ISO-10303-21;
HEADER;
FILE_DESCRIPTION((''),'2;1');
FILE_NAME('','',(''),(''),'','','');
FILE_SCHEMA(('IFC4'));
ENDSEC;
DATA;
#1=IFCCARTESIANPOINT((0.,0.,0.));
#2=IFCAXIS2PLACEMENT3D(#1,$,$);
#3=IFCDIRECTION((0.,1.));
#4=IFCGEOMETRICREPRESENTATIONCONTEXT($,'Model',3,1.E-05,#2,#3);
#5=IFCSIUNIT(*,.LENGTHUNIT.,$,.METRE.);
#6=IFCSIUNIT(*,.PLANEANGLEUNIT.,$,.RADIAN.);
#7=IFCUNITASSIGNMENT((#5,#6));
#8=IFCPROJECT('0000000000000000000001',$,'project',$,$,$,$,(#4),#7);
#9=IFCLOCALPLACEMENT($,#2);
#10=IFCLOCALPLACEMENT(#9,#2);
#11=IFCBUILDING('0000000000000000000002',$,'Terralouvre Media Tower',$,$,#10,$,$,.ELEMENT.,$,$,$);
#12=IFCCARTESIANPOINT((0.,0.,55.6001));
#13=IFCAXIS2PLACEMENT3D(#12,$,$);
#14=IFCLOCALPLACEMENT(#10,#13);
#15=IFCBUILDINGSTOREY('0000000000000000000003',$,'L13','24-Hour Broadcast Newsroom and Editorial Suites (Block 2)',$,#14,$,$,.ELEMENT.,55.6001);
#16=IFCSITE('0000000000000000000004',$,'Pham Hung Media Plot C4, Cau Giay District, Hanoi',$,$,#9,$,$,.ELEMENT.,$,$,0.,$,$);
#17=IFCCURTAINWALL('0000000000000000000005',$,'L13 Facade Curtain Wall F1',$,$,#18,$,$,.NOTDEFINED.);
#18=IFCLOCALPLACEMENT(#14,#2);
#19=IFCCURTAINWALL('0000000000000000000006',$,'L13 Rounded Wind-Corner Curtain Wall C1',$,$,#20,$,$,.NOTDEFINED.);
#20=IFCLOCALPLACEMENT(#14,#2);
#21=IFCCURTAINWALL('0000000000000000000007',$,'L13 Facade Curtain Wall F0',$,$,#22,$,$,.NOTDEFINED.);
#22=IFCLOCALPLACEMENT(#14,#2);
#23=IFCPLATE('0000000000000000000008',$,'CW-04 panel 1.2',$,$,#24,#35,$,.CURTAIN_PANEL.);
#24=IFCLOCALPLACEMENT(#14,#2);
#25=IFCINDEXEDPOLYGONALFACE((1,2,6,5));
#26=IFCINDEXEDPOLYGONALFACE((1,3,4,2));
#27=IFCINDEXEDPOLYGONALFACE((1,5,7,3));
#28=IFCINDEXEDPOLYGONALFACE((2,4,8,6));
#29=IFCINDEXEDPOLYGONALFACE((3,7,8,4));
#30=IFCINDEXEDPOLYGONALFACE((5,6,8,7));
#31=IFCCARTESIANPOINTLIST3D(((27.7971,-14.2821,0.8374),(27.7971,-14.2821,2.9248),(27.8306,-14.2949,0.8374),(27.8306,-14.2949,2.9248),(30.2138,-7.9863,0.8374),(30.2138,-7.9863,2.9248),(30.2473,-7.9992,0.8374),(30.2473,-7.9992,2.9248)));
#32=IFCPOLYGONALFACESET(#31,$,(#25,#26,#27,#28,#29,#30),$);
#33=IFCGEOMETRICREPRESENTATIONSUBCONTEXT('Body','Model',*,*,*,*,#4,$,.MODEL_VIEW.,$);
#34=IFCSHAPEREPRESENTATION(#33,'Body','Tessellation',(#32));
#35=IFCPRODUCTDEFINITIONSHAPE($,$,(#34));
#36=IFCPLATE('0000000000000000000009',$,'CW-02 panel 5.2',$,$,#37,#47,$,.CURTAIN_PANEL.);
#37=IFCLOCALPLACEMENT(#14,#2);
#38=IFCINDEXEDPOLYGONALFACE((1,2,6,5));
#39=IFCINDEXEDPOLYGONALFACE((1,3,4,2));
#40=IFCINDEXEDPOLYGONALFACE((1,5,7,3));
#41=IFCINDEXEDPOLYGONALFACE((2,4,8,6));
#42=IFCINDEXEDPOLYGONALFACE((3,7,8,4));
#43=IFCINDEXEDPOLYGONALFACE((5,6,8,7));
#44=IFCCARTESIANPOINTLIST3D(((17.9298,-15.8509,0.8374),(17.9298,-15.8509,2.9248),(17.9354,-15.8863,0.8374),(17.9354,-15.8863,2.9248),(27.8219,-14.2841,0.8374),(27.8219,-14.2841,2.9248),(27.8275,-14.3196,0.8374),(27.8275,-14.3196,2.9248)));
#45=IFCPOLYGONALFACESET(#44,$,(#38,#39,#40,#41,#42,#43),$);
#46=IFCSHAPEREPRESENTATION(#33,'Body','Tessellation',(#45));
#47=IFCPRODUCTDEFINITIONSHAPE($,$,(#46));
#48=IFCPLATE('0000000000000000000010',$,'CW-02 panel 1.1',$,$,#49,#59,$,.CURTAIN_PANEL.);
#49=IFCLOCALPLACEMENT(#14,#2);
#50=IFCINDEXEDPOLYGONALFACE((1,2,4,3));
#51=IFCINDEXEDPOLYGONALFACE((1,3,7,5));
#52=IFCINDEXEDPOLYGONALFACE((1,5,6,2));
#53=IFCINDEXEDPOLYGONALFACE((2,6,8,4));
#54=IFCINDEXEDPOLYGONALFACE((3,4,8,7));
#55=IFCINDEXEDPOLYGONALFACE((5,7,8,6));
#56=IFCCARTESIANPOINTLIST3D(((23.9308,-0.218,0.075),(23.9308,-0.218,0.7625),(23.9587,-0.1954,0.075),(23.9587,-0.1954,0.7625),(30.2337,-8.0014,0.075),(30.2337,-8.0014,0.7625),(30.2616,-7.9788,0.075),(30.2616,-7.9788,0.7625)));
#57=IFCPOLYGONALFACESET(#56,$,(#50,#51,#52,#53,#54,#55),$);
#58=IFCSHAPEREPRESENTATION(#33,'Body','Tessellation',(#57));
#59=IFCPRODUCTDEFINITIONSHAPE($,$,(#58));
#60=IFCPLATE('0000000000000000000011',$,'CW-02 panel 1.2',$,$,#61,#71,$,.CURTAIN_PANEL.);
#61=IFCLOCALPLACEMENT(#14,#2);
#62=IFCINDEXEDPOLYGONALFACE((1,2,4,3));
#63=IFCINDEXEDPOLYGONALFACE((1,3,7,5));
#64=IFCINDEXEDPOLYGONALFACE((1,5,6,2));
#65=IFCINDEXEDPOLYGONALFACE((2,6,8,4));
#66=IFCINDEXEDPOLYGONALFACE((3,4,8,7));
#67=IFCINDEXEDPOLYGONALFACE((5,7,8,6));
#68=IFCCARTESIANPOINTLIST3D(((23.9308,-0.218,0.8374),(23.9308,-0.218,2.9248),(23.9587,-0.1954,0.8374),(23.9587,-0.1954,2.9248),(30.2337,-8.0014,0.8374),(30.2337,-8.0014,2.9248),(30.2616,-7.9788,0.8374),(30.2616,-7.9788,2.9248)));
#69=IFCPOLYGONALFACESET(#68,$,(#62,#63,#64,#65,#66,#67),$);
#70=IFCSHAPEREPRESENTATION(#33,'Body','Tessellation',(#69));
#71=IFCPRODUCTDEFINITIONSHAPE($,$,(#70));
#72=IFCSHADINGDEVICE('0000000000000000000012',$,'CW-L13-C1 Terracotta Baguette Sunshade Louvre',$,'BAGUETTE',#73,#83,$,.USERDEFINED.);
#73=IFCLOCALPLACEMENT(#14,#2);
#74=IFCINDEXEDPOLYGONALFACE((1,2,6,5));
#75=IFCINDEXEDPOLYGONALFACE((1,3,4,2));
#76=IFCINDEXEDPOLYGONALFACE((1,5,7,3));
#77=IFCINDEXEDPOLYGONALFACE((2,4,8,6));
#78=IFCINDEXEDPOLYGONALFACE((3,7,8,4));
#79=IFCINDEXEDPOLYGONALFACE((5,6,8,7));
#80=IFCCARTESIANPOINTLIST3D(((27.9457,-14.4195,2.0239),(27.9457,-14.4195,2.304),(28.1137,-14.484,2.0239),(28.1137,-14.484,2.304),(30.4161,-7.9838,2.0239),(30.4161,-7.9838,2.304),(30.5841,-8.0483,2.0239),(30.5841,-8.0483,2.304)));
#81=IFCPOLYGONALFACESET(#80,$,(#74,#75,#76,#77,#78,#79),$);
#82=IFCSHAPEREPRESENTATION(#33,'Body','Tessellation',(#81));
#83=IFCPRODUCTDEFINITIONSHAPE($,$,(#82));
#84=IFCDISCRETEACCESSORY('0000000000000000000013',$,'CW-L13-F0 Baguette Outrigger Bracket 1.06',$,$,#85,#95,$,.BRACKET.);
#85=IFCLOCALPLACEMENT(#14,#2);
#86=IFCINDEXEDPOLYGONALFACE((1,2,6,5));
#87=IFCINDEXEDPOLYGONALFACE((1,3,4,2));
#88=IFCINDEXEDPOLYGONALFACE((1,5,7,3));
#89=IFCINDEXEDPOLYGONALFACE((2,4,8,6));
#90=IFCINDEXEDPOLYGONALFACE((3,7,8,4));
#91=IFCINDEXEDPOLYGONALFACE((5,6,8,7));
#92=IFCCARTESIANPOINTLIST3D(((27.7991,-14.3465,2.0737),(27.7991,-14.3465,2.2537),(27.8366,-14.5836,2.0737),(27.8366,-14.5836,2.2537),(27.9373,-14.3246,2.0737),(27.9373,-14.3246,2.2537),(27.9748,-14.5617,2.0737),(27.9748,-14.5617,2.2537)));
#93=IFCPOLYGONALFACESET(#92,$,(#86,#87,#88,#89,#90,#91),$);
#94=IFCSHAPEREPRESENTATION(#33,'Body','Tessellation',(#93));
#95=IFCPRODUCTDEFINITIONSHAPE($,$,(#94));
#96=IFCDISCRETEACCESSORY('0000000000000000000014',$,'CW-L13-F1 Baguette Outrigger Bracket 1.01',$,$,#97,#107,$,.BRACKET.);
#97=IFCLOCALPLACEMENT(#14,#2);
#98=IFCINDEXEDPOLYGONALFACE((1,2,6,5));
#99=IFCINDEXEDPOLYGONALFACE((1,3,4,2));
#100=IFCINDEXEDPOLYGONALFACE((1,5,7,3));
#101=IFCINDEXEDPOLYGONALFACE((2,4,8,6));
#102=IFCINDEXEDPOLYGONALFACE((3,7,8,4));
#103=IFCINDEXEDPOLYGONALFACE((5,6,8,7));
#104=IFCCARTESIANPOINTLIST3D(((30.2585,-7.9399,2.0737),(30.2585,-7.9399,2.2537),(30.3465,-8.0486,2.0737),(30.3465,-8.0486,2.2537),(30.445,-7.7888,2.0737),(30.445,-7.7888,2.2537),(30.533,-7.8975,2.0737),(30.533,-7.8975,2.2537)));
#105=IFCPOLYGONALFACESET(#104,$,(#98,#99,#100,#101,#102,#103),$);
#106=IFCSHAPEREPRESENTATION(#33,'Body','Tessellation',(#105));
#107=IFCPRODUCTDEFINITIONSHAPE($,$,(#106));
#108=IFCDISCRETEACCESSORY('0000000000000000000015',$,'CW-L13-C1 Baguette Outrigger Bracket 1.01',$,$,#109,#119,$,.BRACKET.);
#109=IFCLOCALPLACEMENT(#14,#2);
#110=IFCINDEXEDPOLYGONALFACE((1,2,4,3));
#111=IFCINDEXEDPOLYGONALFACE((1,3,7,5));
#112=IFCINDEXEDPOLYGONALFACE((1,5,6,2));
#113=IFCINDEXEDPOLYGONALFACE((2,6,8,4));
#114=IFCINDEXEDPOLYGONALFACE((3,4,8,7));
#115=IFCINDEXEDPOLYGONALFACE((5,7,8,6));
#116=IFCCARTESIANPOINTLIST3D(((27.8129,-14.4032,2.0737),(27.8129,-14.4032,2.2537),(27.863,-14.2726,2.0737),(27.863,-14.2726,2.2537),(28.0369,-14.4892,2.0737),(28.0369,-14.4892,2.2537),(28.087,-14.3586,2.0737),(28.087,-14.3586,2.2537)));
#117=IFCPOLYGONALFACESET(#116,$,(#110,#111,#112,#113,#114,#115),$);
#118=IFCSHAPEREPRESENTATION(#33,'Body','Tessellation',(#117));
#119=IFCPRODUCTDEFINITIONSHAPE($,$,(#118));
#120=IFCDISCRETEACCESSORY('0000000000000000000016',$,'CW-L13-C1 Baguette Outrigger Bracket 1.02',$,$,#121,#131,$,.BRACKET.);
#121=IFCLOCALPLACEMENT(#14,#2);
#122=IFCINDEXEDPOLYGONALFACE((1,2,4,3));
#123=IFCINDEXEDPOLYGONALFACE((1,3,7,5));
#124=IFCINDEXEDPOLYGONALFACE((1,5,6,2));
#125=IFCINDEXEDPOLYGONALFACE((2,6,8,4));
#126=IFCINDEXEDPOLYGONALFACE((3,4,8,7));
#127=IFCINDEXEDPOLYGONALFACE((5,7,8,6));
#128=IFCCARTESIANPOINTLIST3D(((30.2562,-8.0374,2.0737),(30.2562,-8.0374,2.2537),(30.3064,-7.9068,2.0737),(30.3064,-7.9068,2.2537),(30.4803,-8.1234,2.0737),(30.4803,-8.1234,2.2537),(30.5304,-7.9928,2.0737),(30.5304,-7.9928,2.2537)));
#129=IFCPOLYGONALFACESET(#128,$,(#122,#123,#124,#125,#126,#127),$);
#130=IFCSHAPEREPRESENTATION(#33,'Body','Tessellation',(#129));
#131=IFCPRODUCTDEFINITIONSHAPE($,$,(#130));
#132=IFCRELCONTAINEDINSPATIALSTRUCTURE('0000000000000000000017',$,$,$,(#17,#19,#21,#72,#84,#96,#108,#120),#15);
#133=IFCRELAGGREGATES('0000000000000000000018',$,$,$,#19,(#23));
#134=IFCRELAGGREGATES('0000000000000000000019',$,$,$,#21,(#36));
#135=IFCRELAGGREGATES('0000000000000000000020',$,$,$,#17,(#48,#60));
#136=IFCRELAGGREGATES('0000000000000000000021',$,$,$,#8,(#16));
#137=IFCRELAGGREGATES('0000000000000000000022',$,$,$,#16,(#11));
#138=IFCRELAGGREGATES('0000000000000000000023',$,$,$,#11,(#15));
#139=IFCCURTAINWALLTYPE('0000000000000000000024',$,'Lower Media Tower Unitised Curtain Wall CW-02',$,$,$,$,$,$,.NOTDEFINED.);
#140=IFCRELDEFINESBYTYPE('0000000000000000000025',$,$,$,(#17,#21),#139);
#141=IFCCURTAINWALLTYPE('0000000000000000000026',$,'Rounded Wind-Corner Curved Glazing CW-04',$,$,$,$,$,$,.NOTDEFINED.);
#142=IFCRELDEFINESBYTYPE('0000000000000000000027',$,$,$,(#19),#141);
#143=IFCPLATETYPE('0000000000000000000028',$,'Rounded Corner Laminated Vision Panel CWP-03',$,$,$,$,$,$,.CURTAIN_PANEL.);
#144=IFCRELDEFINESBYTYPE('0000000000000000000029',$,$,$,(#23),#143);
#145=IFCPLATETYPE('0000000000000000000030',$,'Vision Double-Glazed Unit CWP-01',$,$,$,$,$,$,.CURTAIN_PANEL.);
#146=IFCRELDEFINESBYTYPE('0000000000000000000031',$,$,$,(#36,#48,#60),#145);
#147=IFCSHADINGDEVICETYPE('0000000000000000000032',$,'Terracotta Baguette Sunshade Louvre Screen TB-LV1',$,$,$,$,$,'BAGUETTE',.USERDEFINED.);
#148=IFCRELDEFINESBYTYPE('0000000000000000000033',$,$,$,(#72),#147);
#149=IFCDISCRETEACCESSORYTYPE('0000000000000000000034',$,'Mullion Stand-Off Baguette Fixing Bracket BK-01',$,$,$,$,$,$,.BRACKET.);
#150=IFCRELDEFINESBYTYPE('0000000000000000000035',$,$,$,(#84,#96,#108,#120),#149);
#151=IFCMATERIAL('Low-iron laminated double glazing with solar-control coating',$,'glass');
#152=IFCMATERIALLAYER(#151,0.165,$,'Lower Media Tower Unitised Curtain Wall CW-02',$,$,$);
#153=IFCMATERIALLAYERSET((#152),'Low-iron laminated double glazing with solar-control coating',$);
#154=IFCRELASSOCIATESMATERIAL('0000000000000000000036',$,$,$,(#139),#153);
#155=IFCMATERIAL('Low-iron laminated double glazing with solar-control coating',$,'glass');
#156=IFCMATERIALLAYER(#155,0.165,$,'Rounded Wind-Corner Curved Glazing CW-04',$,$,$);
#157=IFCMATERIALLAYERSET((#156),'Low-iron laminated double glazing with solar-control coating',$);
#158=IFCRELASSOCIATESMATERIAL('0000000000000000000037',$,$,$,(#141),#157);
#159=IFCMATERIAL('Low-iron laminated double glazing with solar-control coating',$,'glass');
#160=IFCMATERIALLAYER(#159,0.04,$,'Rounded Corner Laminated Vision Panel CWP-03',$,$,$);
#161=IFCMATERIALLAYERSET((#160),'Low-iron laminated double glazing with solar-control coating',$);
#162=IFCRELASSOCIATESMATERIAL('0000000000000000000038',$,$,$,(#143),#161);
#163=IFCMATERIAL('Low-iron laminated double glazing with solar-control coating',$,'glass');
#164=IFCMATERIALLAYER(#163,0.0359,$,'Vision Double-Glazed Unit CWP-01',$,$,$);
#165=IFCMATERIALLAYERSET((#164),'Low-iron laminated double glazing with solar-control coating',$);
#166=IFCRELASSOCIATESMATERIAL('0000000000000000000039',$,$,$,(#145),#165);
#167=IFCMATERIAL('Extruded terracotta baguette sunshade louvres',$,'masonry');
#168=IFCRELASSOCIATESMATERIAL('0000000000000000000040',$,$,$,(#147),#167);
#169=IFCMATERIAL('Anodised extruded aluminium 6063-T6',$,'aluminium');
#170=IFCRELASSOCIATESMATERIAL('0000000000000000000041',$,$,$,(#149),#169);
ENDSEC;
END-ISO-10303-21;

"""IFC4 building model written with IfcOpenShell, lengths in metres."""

from ifc_helpers import new_model, si_unit, direction, frame, origin, origin_2d, place, context, subcontext, project, spatial, rectangle, extrude, material, layer, layer_set, type_object, element, aggregate, save


model = new_model("IFC4")

# Units and contexts
model_context = context("Model", 3, precision=1e-05, world=origin(), true_north=direction((0.0, 1.0)))
body_context = subcontext(model_context, "Body", "Model", "MODEL_VIEW")
ifc_project = project(units=[si_unit("LENGTHUNIT", "METRE"), si_unit("PLANEANGLEUNIT", "RADIAN")], contexts=[model_context])

# Site, building, storey
site_placement = place(None, origin())
site = spatial("IfcSite", under=ifc_project, at=site_placement, Name="Pham Hung Media Plot C4, Cau Giay District, Hanoi", CompositionType="ELEMENT", RefElevation=0.0)
building_placement = place(site_placement, origin())
building = spatial("IfcBuilding", under=site, at=building_placement, Name="Terralouvre Media Tower", CompositionType="ELEMENT")
storey_placement = place(building_placement, frame((0.0, 0.0, 55.6001)))
storey = spatial("IfcBuildingStorey", under=building, at=storey_placement, Name="L13", Description="24-Hour Broadcast Newsroom and Editorial Suites (Block 2)", CompositionType="ELEMENT", Elevation=55.6001)

# Curtain walls
ifc_material_1 = material(Name="Low-iron laminated double glazing with solar-control coating", Category="glass")
ifc_layer_1 = layer(ifc_material_1, 0.165, Name="Lower Media Tower Unitised Curtain Wall CW-02")
ifc_layer_set_1 = layer_set([ifc_layer_1], Name="Low-iron laminated double glazing with solar-control coating")
curtain_wall_type_1 = type_object("IfcCurtainWallType", Name="Lower Media Tower Unitised Curtain Wall CW-02", PredefinedType="NOTDEFINED", material=ifc_layer_set_1)
curtain_wall_1_placement = place(storey_placement, origin())
curtain_wall_1 = element("IfcCurtainWall", 1, at=curtain_wall_1_placement, inside=storey, type_object=curtain_wall_type_1, Name="L13 Facade Curtain Wall F1", PredefinedType="NOTDEFINED")
ifc_material_2 = material(Name="Low-iron laminated double glazing with solar-control coating", Category="glass")
ifc_layer_2 = layer(ifc_material_2, 0.165, Name="Rounded Wind-Corner Curved Glazing CW-04")
ifc_layer_set_2 = layer_set([ifc_layer_2], Name="Low-iron laminated double glazing with solar-control coating")
curtain_wall_type_2 = type_object("IfcCurtainWallType", Name="Rounded Wind-Corner Curved Glazing CW-04", PredefinedType="NOTDEFINED", material=ifc_layer_set_2)
curtain_wall_2_placement = place(storey_placement, origin())
curtain_wall_2 = element("IfcCurtainWall", 2, at=curtain_wall_2_placement, inside=storey, type_object=curtain_wall_type_2, Name="L13 Rounded Wind-Corner Curtain Wall C1", PredefinedType="NOTDEFINED")

# Curtain wall
curtain_wall_3_placement = place(storey_placement, origin())
curtain_wall_3 = element("IfcCurtainWall", 3, at=curtain_wall_3_placement, inside=storey, type_object=curtain_wall_type_1, Name="L13 Facade Curtain Wall F0", PredefinedType="NOTDEFINED")

# Plates
ifc_material_3 = material(Name="Low-iron laminated double glazing with solar-control coating", Category="glass")
ifc_layer_3 = layer(ifc_material_3, 0.04, Name="Rounded Corner Laminated Vision Panel CWP-03")
ifc_layer_set_3 = layer_set([ifc_layer_3], Name="Low-iron laminated double glazing with solar-control coating")
plate_type_1 = type_object("IfcPlateType", Name="Rounded Corner Laminated Vision Panel CWP-03", PredefinedType="CURTAIN_PANEL", material=ifc_layer_set_3)
plate_1_placement = place(storey_placement, frame((29.0222, -11.1406, 0.8374), z_axis=(0.0, 0.0, 1.0), x_axis=(0.358367, 0.933581, 0.0)))
plate_1 = element("IfcPlate", 4, at=plate_1_placement, type_object=plate_type_1, Name="CW-04 panel 1.2", PredefinedType="CURTAIN_PANEL", context=body_context, shape_type="SweptSolid", body=[
    extrude(rectangle(XDim=6.7437, YDim=0.0359, at=origin_2d()), origin(), (0.0, 0.0, 1.0), 2.0874),
])
aggregate(curtain_wall_2, [plate_1])
ifc_material_4 = material(Name="Low-iron laminated double glazing with solar-control coating", Category="glass")
ifc_layer_4 = layer(ifc_material_4, 0.0359, Name="Vision Double-Glazed Unit CWP-01")
ifc_layer_set_4 = layer_set([ifc_layer_4], Name="Low-iron laminated double glazing with solar-control coating")
plate_type_2 = type_object("IfcPlateType", Name="Vision Double-Glazed Unit CWP-01", PredefinedType="CURTAIN_PANEL", material=ifc_layer_set_4)
plate_2_placement = place(storey_placement, frame((22.8787, -15.0852, 0.8374), z_axis=(0.0, 0.0, 1.0), x_axis=(0.987688, 0.156434, 0.0)))
plate_2 = element("IfcPlate", 5, at=plate_2_placement, type_object=plate_type_2, Name="CW-02 panel 5.2", PredefinedType="CURTAIN_PANEL", context=body_context, shape_type="SweptSolid", body=[
    extrude(rectangle(XDim=10.0154, YDim=0.0359, at=origin_2d()), origin(), (0.0, 0.0, 1.0), 2.0874),
])
aggregate(curtain_wall_3, [plate_2])
plate_3_placement = place(storey_placement, frame((27.0962, -4.0984, 0.075), z_axis=(0.0, 0.0, 1.0), x_axis=(-0.62932, 0.777146, 0.0)))
plate_3 = element("IfcPlate", 6, at=plate_3_placement, type_object=plate_type_2, Name="CW-02 panel 1.1", PredefinedType="CURTAIN_PANEL", context=body_context, shape_type="SweptSolid", body=[
    extrude(rectangle(XDim=10.0154, YDim=0.0359, at=origin_2d()), origin(), (0.0, 0.0, 1.0), 0.6875),
])
plate_4_placement = place(storey_placement, frame((27.0962, -4.0984, 0.8374), z_axis=(0.0, 0.0, 1.0), x_axis=(-0.62932, 0.777146, 0.0)))
plate_4 = element("IfcPlate", 7, at=plate_4_placement, type_object=plate_type_2, Name="CW-02 panel 1.2", PredefinedType="CURTAIN_PANEL", context=body_context, shape_type="SweptSolid", body=[
    extrude(rectangle(XDim=10.0154, YDim=0.0359, at=origin_2d()), origin(), (0.0, 0.0, 1.0), 2.0874),
])
aggregate(curtain_wall_1, [plate_3, plate_4])

# Shading device
ifc_material_5 = material(Name="Extruded terracotta baguette sunshade louvres", Category="masonry")
shading_device_type = type_object("IfcShadingDeviceType", Name="Terracotta Baguette Sunshade Louvre Screen TB-LV1", ElementType="BAGUETTE", PredefinedType="USERDEFINED", material=ifc_material_5)
shading_device_placement = place(storey_placement, frame((29.2649, -11.2339, 2.0239), z_axis=(0.0, 0.0, 1.0), x_axis=(0.358367, 0.933581, 0.0)))
element("IfcShadingDevice", 8, at=shading_device_placement, inside=storey, type_object=shading_device_type, Name="CW-L13-C1 Terracotta Baguette Sunshade Louvre", ObjectType="BAGUETTE", PredefinedType="USERDEFINED", context=body_context, shape_type="SweptSolid", body=[
    extrude(rectangle(XDim=6.8936, YDim=0.1799, at=origin_2d()), origin(), (0.0, 0.0, 1.0), 0.28),
])

# Discrete accessories
ifc_material_6 = material(Name="Anodised extruded aluminium 6063-T6", Category="aluminium")
discrete_accessory_type = type_object("IfcDiscreteAccessoryType", Name="Mullion Stand-Off Baguette Fixing Bracket BK-01", PredefinedType="BRACKET", material=ifc_material_6)
for number, where, z_axis, x_axis, name in (
    (9, (27.887, -14.4541, 2.0737), (0.0, 0.0, 1.0), (0.987688, 0.156434, 0.0), "CW-L13-F0 Baguette Outrigger Bracket 1.06"),
    (10, (30.3958, -7.9187, 2.0737), (0.0, 0.0, 1.0), (-0.62932, 0.777146, 0.0), "CW-L13-F1 Baguette Outrigger Bracket 1.01"),
    (11, (27.95, -14.3809, 2.0737), (0.0, 0.0, 1.0), (0.358367, 0.933581, 0.0), "CW-L13-C1 Baguette Outrigger Bracket 1.01"),
    (12, (30.3933, -8.0151, 2.0737), (0.0, 0.0, 1.0), (0.358367, 0.933581, 0.0), "CW-L13-C1 Baguette Outrigger Bracket 1.02"),
):
    element("IfcDiscreteAccessory", number, at=place(storey_placement, frame(where, z_axis=z_axis, x_axis=x_axis)), inside=storey, type_object=discrete_accessory_type, Name=name, PredefinedType="BRACKET", context=body_context, shape_type="SweptSolid", body=[
        extrude(rectangle(XDim=0.1399, YDim=0.24, at=origin_2d()), origin(), (0.0, 0.0, 1.0), 0.1799),
    ])

save(model, "model.ifc")
